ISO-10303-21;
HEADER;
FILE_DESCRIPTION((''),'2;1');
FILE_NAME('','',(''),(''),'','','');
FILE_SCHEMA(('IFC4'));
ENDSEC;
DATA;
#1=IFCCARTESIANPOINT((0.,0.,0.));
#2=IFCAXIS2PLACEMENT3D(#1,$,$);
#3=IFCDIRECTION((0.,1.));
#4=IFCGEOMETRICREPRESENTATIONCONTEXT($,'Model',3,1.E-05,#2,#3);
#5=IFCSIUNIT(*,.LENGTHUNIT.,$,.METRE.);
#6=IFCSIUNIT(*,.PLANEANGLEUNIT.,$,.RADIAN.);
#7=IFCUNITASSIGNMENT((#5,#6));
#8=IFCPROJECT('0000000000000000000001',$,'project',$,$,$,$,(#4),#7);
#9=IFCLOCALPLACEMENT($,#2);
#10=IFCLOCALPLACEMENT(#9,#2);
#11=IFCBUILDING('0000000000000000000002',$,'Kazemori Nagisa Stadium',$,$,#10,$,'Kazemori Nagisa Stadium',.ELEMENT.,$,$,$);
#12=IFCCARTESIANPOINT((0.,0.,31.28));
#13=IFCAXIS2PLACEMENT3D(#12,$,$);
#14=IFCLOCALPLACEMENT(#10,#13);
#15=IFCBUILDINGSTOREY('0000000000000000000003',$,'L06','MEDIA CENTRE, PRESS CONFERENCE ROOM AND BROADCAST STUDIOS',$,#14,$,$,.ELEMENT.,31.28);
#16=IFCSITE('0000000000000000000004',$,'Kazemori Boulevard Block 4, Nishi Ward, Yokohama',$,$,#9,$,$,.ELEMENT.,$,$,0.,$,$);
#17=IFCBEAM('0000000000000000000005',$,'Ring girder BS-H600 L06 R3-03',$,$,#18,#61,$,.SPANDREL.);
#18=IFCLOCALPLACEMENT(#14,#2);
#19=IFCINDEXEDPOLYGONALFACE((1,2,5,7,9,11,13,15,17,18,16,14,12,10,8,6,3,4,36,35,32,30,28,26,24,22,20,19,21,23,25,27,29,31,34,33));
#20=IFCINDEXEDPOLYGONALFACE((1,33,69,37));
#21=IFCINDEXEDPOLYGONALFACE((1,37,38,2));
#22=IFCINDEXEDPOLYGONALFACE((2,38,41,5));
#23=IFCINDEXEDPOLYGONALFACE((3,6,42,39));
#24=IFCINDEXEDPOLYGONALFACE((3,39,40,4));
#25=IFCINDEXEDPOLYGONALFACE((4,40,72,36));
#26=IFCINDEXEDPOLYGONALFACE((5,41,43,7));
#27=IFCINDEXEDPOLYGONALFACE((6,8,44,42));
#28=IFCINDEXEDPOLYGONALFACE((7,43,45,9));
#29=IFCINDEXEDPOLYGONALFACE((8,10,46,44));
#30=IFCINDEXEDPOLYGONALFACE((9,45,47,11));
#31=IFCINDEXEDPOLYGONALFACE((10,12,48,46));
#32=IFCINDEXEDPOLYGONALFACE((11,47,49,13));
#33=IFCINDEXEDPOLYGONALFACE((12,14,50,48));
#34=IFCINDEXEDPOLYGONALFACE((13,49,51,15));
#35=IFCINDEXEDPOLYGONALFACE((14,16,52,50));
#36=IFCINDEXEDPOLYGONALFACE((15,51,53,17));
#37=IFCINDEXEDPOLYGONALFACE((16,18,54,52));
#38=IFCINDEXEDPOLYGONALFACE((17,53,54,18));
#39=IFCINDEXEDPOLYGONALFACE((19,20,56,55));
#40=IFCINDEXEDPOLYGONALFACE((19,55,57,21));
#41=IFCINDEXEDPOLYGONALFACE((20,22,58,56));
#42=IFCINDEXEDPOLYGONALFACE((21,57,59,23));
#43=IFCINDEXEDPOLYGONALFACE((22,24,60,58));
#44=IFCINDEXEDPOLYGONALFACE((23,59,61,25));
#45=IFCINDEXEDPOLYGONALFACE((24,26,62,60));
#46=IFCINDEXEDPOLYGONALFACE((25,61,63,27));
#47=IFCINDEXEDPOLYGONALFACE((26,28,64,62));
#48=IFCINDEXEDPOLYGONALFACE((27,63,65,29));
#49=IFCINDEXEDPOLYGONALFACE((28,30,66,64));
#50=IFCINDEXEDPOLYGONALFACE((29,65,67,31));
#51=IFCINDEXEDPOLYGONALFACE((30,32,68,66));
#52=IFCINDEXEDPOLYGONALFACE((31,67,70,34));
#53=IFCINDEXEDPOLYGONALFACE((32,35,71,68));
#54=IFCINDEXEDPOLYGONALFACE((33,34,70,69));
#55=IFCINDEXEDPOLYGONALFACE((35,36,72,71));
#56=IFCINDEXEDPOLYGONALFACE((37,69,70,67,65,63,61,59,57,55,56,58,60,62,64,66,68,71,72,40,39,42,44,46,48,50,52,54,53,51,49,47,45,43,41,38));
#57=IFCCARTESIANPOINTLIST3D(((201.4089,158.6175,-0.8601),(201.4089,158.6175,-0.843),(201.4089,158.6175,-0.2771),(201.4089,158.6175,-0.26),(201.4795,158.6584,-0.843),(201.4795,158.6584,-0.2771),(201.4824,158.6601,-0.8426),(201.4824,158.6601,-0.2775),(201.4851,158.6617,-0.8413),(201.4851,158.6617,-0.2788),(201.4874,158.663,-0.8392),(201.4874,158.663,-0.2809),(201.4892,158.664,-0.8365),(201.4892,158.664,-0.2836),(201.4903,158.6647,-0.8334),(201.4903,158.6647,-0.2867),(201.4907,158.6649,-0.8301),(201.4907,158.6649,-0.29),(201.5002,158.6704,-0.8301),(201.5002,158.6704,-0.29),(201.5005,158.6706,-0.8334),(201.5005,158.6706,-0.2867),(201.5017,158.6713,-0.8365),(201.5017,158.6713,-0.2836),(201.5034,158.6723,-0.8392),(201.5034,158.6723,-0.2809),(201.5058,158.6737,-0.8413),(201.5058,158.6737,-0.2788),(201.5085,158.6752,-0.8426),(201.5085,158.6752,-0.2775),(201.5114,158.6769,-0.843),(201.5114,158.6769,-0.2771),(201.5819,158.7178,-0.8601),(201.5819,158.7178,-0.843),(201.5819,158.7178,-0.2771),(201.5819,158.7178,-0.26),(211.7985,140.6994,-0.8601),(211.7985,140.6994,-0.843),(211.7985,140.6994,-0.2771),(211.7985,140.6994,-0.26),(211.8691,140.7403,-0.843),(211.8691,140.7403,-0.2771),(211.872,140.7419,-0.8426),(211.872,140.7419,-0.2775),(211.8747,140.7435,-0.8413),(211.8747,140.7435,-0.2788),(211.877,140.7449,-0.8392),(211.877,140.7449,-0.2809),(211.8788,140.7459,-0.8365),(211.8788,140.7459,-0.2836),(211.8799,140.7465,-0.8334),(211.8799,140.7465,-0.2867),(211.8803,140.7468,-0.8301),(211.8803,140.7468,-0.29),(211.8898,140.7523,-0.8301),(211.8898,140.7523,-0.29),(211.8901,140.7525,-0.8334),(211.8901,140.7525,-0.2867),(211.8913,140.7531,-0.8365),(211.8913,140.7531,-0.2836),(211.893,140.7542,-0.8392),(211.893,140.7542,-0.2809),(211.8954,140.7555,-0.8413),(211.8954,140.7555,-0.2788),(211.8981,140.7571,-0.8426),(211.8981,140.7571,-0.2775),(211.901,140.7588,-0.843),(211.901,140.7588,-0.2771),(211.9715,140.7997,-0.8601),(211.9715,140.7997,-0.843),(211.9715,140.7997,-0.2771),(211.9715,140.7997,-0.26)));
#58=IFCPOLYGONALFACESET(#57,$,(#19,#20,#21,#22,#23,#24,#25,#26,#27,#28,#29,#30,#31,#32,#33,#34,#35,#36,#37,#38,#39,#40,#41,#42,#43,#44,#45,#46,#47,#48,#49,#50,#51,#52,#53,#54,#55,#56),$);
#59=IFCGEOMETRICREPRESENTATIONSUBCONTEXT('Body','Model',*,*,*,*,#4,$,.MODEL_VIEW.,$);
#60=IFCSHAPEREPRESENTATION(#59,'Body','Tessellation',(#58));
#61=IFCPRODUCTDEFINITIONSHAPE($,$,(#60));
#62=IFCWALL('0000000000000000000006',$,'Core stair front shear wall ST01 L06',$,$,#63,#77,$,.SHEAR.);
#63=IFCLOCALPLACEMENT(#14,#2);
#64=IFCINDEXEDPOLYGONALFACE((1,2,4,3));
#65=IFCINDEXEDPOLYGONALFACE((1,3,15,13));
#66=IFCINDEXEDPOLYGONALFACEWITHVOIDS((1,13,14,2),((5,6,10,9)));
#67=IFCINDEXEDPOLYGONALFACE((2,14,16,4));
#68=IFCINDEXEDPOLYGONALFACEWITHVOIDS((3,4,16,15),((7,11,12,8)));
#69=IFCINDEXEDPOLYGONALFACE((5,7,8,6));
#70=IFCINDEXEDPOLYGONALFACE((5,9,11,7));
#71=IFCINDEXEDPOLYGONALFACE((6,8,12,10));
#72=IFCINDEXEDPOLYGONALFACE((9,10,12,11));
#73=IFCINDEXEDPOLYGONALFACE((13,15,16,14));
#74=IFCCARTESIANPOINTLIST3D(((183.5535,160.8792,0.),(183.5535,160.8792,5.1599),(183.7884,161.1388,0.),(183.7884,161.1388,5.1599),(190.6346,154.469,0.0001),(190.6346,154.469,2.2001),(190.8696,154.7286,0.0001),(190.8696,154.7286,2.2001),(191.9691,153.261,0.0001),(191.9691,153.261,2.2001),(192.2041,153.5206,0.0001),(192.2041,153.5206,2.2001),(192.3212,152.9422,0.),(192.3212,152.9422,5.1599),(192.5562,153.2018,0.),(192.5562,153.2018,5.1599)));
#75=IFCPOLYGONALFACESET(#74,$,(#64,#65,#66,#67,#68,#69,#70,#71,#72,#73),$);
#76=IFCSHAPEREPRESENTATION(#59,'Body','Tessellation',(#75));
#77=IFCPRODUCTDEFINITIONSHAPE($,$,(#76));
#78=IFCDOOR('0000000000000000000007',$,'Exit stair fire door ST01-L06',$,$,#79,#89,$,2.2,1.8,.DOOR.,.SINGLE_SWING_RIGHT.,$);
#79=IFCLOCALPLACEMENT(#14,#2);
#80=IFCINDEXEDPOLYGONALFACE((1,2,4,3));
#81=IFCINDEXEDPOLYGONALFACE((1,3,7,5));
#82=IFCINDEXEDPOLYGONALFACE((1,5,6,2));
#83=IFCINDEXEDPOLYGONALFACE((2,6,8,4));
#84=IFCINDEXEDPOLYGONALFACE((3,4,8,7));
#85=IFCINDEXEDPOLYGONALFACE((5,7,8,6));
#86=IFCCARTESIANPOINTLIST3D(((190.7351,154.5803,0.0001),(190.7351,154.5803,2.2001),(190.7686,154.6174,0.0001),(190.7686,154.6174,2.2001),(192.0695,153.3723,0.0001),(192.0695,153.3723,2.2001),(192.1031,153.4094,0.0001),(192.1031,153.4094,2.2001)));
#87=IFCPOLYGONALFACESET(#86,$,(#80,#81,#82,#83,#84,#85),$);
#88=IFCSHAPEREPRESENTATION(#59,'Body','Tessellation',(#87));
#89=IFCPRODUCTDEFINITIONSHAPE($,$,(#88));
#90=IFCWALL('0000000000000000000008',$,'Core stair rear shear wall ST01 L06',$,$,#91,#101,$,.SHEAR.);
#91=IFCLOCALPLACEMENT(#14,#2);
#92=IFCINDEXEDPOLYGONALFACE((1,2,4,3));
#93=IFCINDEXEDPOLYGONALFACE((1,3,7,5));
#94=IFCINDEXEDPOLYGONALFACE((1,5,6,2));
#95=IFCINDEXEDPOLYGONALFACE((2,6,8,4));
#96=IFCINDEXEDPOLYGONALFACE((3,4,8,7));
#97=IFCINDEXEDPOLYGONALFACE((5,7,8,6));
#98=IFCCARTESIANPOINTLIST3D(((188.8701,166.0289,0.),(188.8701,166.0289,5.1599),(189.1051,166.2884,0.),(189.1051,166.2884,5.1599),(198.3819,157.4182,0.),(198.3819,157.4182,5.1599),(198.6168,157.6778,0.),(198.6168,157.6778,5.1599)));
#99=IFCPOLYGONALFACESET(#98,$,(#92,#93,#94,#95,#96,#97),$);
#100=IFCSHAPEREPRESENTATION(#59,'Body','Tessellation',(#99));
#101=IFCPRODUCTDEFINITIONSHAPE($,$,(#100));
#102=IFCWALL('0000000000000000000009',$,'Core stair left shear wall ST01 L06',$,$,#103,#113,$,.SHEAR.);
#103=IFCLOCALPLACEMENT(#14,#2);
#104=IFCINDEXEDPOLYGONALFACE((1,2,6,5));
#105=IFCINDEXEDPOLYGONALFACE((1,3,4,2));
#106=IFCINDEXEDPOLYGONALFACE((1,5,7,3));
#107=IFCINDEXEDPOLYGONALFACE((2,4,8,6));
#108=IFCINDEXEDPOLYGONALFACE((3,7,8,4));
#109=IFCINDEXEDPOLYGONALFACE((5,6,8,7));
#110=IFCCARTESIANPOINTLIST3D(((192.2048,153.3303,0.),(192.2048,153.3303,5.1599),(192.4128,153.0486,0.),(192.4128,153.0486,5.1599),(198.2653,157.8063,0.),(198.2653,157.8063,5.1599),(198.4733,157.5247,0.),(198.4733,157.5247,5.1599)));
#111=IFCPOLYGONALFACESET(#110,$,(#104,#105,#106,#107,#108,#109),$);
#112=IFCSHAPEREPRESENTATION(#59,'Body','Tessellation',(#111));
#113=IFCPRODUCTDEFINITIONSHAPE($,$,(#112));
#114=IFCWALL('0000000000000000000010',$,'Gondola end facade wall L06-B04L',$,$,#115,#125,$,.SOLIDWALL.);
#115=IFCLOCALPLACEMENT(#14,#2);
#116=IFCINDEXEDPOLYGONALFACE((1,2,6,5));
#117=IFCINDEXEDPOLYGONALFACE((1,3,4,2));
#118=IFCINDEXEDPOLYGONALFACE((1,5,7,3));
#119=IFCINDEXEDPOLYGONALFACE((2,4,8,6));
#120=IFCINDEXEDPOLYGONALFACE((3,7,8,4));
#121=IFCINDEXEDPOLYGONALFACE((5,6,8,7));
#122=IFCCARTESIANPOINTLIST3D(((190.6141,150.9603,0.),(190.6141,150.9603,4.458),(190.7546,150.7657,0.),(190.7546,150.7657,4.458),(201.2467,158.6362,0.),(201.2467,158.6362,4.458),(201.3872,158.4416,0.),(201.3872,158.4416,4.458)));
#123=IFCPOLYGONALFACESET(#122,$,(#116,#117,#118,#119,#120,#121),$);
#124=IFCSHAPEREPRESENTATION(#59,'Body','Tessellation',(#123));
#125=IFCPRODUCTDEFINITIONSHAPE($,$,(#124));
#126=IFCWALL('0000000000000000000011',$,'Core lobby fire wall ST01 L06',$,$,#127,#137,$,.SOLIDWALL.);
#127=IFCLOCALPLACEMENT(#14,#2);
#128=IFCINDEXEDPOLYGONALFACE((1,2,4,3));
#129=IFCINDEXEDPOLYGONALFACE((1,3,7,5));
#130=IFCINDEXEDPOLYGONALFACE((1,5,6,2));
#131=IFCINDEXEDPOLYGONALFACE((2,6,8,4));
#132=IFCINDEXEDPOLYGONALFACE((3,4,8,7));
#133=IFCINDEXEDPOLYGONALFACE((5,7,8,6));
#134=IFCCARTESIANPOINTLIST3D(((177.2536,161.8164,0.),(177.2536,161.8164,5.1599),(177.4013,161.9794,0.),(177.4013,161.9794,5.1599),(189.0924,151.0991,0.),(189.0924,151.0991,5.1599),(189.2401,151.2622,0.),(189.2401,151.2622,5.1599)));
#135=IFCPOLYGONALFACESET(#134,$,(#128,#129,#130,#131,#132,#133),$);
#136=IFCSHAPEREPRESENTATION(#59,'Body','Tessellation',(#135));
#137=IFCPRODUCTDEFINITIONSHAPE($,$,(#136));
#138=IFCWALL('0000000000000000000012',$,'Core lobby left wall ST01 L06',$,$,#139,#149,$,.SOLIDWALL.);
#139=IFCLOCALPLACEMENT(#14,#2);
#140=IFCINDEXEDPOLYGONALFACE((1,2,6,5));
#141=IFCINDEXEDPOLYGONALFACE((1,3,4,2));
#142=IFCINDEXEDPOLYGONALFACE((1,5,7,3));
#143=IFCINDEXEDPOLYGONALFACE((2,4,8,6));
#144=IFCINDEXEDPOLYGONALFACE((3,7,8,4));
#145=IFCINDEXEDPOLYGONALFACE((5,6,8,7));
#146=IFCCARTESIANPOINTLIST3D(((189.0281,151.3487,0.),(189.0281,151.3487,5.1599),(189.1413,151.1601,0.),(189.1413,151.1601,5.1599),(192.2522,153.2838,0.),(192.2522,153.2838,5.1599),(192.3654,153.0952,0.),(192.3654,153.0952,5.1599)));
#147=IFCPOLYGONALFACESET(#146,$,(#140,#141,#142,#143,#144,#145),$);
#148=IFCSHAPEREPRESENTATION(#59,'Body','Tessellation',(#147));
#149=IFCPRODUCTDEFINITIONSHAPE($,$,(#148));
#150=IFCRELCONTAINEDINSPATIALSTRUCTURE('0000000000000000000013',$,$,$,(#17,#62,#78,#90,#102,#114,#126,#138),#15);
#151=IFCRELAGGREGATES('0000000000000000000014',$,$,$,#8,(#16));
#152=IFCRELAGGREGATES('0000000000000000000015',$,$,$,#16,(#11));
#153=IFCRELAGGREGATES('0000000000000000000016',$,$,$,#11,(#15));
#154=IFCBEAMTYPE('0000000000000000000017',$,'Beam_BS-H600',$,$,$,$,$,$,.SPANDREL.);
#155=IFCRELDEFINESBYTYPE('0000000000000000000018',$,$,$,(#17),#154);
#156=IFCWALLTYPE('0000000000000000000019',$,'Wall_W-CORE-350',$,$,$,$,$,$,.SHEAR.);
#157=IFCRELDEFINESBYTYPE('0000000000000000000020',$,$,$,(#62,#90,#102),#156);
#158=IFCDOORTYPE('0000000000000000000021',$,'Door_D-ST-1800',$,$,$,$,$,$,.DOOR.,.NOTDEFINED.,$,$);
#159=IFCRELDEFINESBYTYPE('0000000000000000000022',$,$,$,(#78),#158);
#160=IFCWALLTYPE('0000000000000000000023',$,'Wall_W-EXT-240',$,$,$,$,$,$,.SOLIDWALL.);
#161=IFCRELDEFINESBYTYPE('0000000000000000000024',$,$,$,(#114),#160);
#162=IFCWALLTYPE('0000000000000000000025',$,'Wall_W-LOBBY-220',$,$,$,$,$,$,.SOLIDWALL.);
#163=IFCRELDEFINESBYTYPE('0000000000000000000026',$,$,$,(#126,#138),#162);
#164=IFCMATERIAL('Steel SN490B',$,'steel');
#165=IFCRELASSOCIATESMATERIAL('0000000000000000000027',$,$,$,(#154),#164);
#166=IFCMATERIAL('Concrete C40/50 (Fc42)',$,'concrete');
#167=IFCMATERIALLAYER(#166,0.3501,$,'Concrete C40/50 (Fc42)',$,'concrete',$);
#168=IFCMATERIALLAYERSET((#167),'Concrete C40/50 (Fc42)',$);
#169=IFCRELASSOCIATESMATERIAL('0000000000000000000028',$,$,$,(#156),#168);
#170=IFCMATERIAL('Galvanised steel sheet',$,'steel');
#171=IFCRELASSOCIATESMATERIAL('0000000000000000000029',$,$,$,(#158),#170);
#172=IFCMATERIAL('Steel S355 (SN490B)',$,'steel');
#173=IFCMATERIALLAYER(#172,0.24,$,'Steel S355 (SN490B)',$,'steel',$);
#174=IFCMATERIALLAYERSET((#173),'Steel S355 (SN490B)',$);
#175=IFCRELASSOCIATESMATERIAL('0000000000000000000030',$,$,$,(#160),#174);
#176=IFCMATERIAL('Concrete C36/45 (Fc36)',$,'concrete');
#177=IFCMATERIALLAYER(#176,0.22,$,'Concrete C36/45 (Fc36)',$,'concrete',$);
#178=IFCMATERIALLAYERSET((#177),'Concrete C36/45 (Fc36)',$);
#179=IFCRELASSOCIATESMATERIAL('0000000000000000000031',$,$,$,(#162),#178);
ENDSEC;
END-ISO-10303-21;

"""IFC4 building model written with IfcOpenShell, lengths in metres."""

from ifc_helpers import new_model, si_unit, direction, frame, frame_2d, origin, origin_2d, place, context, subcontext, project, spatial, rectangle, i_section, extrude, material, layer, layer_set, material_profile, profile_set, type_object, element, fill, save


model = new_model("IFC4")

# Units and contexts
model_context = context("Model", 3, precision=1e-05, world=origin(), true_north=direction((0.0, 1.0)))
body_context = subcontext(model_context, "Body", "Model", "MODEL_VIEW")
ifc_project = project(units=[si_unit("LENGTHUNIT", "METRE"), si_unit("PLANEANGLEUNIT", "RADIAN")], contexts=[model_context])

# Site, building, storey
site_placement = place(None, origin())
site = spatial("IfcSite", under=ifc_project, at=site_placement, Name="Kazemori Boulevard Block 4, Nishi Ward, Yokohama", CompositionType="ELEMENT", RefElevation=0.0)
building_placement = place(site_placement, origin())
building = spatial("IfcBuilding", under=site, at=building_placement, Name="Kazemori Nagisa Stadium", LongName="Kazemori Nagisa Stadium", CompositionType="ELEMENT")
storey_placement = place(building_placement, frame((0.0, 0.0, 31.28)))
storey = spatial("IfcBuildingStorey", under=building, at=storey_placement, Name="L06", Description="MEDIA CENTRE, PRESS CONFERENCE ROOM AND BROADCAST STUDIOS", CompositionType="ELEMENT", Elevation=31.28)

# Shared definitions
ifc_material_1 = material(Name="Steel SN490B", Category="steel")

# Beam
ifc_material_2 = material(Name="Concrete C40/50 (Fc42)", Category="concrete")
ifc_material_profile_1 = material_profile(ifc_material_1, i_section(OverallWidth=0.2, OverallDepth=0.6001, WebThickness=0.011, FlangeThickness=0.0171, FilletRadius=0.0129, at=origin_2d()), Name="H-600x200x11x17")
ifc_profile_set_1 = profile_set([ifc_material_profile_1], Name="Steel SN490B")
beam_type_1 = type_object("IfcBeamType", Name="Beam_BS-H600", PredefinedType="SPANDREL", material=ifc_profile_set_1)
beam_1_placement = place(storey_placement, frame((211.885, 140.7495, -0.5601), z_axis=(-0.501613, 0.865092, 0.0), x_axis=(-0.865092, -0.501613, 0.0)))
element("IfcBeam", 1, at=beam_1_placement, inside=storey, type_object=beam_type_1, Name="Ring girder BS-H600 L06 R3-03", PredefinedType="SPANDREL", context=body_context, shape_type="SweptSolid", body=[
    extrude(i_section(OverallWidth=0.2, OverallDepth=0.6001, WebThickness=0.011, FlangeThickness=0.0171, FilletRadius=0.0129, at=origin_2d()), origin(), (0.0, 0.0, 1.0), 20.7124),
])

# Wall, opening, door
ifc_layer_1 = layer(ifc_material_2, 0.3501, Name="Concrete C40/50 (Fc42)", Category="concrete")
ifc_layer_set_1 = layer_set([ifc_layer_1], Name="Concrete C40/50 (Fc42)")
wall_type_1 = type_object("IfcWallType", Name="Wall_W-CORE-350", PredefinedType="SHEAR", material=ifc_layer_set_1)
wall_1_placement = place(storey_placement, frame((192.4387, 153.072, 0.0), z_axis=(0.0, 0.0, 1.0), x_axis=(-0.741358, 0.67111, 0.0)))
wall_1 = element("IfcWall", 2, at=wall_1_placement, inside=storey, type_object=wall_type_1, Name="Core stair front shear wall ST01 L06", PredefinedType="SHEAR", context=body_context, shape_type="SweptSolid", body=[
    extrude(rectangle(XDim=11.8267, YDim=0.3501, at=frame_2d((5.9133, 0.0))), origin(), (0.0, 0.0, 1.0), 5.1599),
])
opening_placement = place(wall_1_placement, frame((0.4751, 0.0, 0.0)))
opening = element("IfcOpeningElement", 3, at=opening_placement, cuts=wall_1, PredefinedType="OPENING", context=body_context, shape_type="SweptSolid", body=[
    extrude(rectangle(XDim=1.8, YDim=2.2, at=frame_2d((0.8999, 1.1001))), frame((0.0, 0.1851, 0.0), z_axis=(0.0, -1.0, 0.0), x_axis=(1.0, 0.0, 0.0)), (0.0, 0.0, 1.0), 0.3701),
])
ifc_material_3 = material(Name="Galvanised steel sheet", Category="steel")
door_type = type_object("IfcDoorType", Name="Door_D-ST-1800", OperationType="NOTDEFINED", PredefinedType="DOOR", material=ifc_material_3)
door_placement = place(opening_placement, frame((1.8, 0.0, 0.0), z_axis=(0.0, 0.0, 1.0), x_axis=(-1.0, 0.0, 0.0)))
door = element("IfcDoor", 4, at=door_placement, inside=storey, type_object=door_type, Name="Exit stair fire door ST01-L06", OperationType="SINGLE_SWING_RIGHT", OverallHeight=2.2, OverallWidth=1.8, PredefinedType="DOOR", context=body_context, shape_type="SweptSolid", body=[
    extrude(rectangle(XDim=1.8, YDim=2.2, at=frame_2d((0.8999, 1.1001))), frame((0.0, 0.0249, 0.0), z_axis=(0.0, -1.0, 0.0), x_axis=(1.0, 0.0, 0.0)), (0.0, 0.0, 1.0), 0.05),
])
fill(opening, door)

# Walls
wall_2_placement = place(storey_placement, frame((198.4993, 157.5481, 0.0), z_axis=(0.0, 0.0, 1.0), x_axis=(-0.741351, 0.671117, 0.0)))
element("IfcWall", 5, at=wall_2_placement, inside=storey, type_object=wall_type_1, Name="Core stair rear shear wall ST01 L06", PredefinedType="SHEAR", context=body_context, shape_type="SweptSolid", body=[
    extrude(rectangle(XDim=12.8303, YDim=0.3501, at=frame_2d((6.415, 0.0))), origin(), (0.0, 0.0, 1.0), 5.1599),
])
wall_3_placement = place(storey_placement, frame((192.3088, 153.1895, 0.0), z_axis=(0.0, 0.0, 1.0), x_axis=(0.804396, 0.594094, 0.0)))
element("IfcWall", 6, at=wall_3_placement, inside=storey, type_object=wall_type_1, Name="Core stair left shear wall ST01 L06", PredefinedType="SHEAR", context=body_context, shape_type="SweptSolid", body=[
    extrude(rectangle(XDim=7.5342, YDim=0.3501, at=frame_2d((3.7671, 0.0))), origin(), (0.0, 0.0, 1.0), 5.1599),
])
ifc_material_4 = material(Name="Steel S355 (SN490B)", Category="steel")
ifc_layer_2 = layer(ifc_material_4, 0.24, Name="Steel S355 (SN490B)", Category="steel")
ifc_layer_set_2 = layer_set([ifc_layer_2], Name="Steel S355 (SN490B)")
wall_type_2 = type_object("IfcWallType", Name="Wall_W-EXT-240", PredefinedType="SOLIDWALL", material=ifc_layer_set_2)
wall_4_placement = place(storey_placement, frame((190.6843, 150.863, 0.0), z_axis=(0.0, 0.0, 1.0), x_axis=(0.810799, 0.585325, 0.0)))
element("IfcWall", 7, at=wall_4_placement, inside=storey, type_object=wall_type_2, Name="Gondola end facade wall L06-B04L", PredefinedType="SOLIDWALL", context=body_context, shape_type="SweptSolid", body=[
    extrude(rectangle(XDim=13.1138, YDim=0.24, at=frame_2d((6.5569, 0.0))), origin(), (0.0, 0.0, 1.0), 4.458),
])
ifc_material_5 = material(Name="Concrete C36/45 (Fc36)", Category="concrete")
ifc_layer_3 = layer(ifc_material_5, 0.22, Name="Concrete C36/45 (Fc36)", Category="concrete")
ifc_layer_set_3 = layer_set([ifc_layer_3], Name="Concrete C36/45 (Fc36)")
wall_type_3 = type_object("IfcWallType", Name="Wall_W-LOBBY-220", PredefinedType="SOLIDWALL", material=ifc_layer_set_3)
wall_5_placement = place(storey_placement, frame((189.1663, 151.1807, 0.0), z_axis=(0.0, 0.0, 1.0), x_axis=(-0.741351, 0.671117, 0.0)))
element("IfcWall", 8, at=wall_5_placement, inside=storey, type_object=wall_type_3, Name="Core lobby fire wall ST01 L06", PredefinedType="SOLIDWALL", context=body_context, shape_type="SweptSolid", body=[
    extrude(rectangle(XDim=15.9692, YDim=0.22, at=frame_2d((7.9846, 0.0))), origin(), (0.0, 0.0, 1.0), 5.1599),
])
wall_6_placement = place(storey_placement, frame((189.0847, 151.2544, 0.0), z_axis=(0.0, 0.0, 1.0), x_axis=(0.857424, 0.51461, 0.0)))
element("IfcWall", 9, at=wall_6_placement, inside=storey, type_object=wall_type_3, Name="Core lobby left wall ST01 L06", PredefinedType="SOLIDWALL", context=body_context, shape_type="SweptSolid", body=[
    extrude(rectangle(XDim=3.7603, YDim=0.22, at=frame_2d((1.8801, 0.0))), origin(), (0.0, 0.0, 1.0), 5.1599),
])

save(model, "model.ifc")
